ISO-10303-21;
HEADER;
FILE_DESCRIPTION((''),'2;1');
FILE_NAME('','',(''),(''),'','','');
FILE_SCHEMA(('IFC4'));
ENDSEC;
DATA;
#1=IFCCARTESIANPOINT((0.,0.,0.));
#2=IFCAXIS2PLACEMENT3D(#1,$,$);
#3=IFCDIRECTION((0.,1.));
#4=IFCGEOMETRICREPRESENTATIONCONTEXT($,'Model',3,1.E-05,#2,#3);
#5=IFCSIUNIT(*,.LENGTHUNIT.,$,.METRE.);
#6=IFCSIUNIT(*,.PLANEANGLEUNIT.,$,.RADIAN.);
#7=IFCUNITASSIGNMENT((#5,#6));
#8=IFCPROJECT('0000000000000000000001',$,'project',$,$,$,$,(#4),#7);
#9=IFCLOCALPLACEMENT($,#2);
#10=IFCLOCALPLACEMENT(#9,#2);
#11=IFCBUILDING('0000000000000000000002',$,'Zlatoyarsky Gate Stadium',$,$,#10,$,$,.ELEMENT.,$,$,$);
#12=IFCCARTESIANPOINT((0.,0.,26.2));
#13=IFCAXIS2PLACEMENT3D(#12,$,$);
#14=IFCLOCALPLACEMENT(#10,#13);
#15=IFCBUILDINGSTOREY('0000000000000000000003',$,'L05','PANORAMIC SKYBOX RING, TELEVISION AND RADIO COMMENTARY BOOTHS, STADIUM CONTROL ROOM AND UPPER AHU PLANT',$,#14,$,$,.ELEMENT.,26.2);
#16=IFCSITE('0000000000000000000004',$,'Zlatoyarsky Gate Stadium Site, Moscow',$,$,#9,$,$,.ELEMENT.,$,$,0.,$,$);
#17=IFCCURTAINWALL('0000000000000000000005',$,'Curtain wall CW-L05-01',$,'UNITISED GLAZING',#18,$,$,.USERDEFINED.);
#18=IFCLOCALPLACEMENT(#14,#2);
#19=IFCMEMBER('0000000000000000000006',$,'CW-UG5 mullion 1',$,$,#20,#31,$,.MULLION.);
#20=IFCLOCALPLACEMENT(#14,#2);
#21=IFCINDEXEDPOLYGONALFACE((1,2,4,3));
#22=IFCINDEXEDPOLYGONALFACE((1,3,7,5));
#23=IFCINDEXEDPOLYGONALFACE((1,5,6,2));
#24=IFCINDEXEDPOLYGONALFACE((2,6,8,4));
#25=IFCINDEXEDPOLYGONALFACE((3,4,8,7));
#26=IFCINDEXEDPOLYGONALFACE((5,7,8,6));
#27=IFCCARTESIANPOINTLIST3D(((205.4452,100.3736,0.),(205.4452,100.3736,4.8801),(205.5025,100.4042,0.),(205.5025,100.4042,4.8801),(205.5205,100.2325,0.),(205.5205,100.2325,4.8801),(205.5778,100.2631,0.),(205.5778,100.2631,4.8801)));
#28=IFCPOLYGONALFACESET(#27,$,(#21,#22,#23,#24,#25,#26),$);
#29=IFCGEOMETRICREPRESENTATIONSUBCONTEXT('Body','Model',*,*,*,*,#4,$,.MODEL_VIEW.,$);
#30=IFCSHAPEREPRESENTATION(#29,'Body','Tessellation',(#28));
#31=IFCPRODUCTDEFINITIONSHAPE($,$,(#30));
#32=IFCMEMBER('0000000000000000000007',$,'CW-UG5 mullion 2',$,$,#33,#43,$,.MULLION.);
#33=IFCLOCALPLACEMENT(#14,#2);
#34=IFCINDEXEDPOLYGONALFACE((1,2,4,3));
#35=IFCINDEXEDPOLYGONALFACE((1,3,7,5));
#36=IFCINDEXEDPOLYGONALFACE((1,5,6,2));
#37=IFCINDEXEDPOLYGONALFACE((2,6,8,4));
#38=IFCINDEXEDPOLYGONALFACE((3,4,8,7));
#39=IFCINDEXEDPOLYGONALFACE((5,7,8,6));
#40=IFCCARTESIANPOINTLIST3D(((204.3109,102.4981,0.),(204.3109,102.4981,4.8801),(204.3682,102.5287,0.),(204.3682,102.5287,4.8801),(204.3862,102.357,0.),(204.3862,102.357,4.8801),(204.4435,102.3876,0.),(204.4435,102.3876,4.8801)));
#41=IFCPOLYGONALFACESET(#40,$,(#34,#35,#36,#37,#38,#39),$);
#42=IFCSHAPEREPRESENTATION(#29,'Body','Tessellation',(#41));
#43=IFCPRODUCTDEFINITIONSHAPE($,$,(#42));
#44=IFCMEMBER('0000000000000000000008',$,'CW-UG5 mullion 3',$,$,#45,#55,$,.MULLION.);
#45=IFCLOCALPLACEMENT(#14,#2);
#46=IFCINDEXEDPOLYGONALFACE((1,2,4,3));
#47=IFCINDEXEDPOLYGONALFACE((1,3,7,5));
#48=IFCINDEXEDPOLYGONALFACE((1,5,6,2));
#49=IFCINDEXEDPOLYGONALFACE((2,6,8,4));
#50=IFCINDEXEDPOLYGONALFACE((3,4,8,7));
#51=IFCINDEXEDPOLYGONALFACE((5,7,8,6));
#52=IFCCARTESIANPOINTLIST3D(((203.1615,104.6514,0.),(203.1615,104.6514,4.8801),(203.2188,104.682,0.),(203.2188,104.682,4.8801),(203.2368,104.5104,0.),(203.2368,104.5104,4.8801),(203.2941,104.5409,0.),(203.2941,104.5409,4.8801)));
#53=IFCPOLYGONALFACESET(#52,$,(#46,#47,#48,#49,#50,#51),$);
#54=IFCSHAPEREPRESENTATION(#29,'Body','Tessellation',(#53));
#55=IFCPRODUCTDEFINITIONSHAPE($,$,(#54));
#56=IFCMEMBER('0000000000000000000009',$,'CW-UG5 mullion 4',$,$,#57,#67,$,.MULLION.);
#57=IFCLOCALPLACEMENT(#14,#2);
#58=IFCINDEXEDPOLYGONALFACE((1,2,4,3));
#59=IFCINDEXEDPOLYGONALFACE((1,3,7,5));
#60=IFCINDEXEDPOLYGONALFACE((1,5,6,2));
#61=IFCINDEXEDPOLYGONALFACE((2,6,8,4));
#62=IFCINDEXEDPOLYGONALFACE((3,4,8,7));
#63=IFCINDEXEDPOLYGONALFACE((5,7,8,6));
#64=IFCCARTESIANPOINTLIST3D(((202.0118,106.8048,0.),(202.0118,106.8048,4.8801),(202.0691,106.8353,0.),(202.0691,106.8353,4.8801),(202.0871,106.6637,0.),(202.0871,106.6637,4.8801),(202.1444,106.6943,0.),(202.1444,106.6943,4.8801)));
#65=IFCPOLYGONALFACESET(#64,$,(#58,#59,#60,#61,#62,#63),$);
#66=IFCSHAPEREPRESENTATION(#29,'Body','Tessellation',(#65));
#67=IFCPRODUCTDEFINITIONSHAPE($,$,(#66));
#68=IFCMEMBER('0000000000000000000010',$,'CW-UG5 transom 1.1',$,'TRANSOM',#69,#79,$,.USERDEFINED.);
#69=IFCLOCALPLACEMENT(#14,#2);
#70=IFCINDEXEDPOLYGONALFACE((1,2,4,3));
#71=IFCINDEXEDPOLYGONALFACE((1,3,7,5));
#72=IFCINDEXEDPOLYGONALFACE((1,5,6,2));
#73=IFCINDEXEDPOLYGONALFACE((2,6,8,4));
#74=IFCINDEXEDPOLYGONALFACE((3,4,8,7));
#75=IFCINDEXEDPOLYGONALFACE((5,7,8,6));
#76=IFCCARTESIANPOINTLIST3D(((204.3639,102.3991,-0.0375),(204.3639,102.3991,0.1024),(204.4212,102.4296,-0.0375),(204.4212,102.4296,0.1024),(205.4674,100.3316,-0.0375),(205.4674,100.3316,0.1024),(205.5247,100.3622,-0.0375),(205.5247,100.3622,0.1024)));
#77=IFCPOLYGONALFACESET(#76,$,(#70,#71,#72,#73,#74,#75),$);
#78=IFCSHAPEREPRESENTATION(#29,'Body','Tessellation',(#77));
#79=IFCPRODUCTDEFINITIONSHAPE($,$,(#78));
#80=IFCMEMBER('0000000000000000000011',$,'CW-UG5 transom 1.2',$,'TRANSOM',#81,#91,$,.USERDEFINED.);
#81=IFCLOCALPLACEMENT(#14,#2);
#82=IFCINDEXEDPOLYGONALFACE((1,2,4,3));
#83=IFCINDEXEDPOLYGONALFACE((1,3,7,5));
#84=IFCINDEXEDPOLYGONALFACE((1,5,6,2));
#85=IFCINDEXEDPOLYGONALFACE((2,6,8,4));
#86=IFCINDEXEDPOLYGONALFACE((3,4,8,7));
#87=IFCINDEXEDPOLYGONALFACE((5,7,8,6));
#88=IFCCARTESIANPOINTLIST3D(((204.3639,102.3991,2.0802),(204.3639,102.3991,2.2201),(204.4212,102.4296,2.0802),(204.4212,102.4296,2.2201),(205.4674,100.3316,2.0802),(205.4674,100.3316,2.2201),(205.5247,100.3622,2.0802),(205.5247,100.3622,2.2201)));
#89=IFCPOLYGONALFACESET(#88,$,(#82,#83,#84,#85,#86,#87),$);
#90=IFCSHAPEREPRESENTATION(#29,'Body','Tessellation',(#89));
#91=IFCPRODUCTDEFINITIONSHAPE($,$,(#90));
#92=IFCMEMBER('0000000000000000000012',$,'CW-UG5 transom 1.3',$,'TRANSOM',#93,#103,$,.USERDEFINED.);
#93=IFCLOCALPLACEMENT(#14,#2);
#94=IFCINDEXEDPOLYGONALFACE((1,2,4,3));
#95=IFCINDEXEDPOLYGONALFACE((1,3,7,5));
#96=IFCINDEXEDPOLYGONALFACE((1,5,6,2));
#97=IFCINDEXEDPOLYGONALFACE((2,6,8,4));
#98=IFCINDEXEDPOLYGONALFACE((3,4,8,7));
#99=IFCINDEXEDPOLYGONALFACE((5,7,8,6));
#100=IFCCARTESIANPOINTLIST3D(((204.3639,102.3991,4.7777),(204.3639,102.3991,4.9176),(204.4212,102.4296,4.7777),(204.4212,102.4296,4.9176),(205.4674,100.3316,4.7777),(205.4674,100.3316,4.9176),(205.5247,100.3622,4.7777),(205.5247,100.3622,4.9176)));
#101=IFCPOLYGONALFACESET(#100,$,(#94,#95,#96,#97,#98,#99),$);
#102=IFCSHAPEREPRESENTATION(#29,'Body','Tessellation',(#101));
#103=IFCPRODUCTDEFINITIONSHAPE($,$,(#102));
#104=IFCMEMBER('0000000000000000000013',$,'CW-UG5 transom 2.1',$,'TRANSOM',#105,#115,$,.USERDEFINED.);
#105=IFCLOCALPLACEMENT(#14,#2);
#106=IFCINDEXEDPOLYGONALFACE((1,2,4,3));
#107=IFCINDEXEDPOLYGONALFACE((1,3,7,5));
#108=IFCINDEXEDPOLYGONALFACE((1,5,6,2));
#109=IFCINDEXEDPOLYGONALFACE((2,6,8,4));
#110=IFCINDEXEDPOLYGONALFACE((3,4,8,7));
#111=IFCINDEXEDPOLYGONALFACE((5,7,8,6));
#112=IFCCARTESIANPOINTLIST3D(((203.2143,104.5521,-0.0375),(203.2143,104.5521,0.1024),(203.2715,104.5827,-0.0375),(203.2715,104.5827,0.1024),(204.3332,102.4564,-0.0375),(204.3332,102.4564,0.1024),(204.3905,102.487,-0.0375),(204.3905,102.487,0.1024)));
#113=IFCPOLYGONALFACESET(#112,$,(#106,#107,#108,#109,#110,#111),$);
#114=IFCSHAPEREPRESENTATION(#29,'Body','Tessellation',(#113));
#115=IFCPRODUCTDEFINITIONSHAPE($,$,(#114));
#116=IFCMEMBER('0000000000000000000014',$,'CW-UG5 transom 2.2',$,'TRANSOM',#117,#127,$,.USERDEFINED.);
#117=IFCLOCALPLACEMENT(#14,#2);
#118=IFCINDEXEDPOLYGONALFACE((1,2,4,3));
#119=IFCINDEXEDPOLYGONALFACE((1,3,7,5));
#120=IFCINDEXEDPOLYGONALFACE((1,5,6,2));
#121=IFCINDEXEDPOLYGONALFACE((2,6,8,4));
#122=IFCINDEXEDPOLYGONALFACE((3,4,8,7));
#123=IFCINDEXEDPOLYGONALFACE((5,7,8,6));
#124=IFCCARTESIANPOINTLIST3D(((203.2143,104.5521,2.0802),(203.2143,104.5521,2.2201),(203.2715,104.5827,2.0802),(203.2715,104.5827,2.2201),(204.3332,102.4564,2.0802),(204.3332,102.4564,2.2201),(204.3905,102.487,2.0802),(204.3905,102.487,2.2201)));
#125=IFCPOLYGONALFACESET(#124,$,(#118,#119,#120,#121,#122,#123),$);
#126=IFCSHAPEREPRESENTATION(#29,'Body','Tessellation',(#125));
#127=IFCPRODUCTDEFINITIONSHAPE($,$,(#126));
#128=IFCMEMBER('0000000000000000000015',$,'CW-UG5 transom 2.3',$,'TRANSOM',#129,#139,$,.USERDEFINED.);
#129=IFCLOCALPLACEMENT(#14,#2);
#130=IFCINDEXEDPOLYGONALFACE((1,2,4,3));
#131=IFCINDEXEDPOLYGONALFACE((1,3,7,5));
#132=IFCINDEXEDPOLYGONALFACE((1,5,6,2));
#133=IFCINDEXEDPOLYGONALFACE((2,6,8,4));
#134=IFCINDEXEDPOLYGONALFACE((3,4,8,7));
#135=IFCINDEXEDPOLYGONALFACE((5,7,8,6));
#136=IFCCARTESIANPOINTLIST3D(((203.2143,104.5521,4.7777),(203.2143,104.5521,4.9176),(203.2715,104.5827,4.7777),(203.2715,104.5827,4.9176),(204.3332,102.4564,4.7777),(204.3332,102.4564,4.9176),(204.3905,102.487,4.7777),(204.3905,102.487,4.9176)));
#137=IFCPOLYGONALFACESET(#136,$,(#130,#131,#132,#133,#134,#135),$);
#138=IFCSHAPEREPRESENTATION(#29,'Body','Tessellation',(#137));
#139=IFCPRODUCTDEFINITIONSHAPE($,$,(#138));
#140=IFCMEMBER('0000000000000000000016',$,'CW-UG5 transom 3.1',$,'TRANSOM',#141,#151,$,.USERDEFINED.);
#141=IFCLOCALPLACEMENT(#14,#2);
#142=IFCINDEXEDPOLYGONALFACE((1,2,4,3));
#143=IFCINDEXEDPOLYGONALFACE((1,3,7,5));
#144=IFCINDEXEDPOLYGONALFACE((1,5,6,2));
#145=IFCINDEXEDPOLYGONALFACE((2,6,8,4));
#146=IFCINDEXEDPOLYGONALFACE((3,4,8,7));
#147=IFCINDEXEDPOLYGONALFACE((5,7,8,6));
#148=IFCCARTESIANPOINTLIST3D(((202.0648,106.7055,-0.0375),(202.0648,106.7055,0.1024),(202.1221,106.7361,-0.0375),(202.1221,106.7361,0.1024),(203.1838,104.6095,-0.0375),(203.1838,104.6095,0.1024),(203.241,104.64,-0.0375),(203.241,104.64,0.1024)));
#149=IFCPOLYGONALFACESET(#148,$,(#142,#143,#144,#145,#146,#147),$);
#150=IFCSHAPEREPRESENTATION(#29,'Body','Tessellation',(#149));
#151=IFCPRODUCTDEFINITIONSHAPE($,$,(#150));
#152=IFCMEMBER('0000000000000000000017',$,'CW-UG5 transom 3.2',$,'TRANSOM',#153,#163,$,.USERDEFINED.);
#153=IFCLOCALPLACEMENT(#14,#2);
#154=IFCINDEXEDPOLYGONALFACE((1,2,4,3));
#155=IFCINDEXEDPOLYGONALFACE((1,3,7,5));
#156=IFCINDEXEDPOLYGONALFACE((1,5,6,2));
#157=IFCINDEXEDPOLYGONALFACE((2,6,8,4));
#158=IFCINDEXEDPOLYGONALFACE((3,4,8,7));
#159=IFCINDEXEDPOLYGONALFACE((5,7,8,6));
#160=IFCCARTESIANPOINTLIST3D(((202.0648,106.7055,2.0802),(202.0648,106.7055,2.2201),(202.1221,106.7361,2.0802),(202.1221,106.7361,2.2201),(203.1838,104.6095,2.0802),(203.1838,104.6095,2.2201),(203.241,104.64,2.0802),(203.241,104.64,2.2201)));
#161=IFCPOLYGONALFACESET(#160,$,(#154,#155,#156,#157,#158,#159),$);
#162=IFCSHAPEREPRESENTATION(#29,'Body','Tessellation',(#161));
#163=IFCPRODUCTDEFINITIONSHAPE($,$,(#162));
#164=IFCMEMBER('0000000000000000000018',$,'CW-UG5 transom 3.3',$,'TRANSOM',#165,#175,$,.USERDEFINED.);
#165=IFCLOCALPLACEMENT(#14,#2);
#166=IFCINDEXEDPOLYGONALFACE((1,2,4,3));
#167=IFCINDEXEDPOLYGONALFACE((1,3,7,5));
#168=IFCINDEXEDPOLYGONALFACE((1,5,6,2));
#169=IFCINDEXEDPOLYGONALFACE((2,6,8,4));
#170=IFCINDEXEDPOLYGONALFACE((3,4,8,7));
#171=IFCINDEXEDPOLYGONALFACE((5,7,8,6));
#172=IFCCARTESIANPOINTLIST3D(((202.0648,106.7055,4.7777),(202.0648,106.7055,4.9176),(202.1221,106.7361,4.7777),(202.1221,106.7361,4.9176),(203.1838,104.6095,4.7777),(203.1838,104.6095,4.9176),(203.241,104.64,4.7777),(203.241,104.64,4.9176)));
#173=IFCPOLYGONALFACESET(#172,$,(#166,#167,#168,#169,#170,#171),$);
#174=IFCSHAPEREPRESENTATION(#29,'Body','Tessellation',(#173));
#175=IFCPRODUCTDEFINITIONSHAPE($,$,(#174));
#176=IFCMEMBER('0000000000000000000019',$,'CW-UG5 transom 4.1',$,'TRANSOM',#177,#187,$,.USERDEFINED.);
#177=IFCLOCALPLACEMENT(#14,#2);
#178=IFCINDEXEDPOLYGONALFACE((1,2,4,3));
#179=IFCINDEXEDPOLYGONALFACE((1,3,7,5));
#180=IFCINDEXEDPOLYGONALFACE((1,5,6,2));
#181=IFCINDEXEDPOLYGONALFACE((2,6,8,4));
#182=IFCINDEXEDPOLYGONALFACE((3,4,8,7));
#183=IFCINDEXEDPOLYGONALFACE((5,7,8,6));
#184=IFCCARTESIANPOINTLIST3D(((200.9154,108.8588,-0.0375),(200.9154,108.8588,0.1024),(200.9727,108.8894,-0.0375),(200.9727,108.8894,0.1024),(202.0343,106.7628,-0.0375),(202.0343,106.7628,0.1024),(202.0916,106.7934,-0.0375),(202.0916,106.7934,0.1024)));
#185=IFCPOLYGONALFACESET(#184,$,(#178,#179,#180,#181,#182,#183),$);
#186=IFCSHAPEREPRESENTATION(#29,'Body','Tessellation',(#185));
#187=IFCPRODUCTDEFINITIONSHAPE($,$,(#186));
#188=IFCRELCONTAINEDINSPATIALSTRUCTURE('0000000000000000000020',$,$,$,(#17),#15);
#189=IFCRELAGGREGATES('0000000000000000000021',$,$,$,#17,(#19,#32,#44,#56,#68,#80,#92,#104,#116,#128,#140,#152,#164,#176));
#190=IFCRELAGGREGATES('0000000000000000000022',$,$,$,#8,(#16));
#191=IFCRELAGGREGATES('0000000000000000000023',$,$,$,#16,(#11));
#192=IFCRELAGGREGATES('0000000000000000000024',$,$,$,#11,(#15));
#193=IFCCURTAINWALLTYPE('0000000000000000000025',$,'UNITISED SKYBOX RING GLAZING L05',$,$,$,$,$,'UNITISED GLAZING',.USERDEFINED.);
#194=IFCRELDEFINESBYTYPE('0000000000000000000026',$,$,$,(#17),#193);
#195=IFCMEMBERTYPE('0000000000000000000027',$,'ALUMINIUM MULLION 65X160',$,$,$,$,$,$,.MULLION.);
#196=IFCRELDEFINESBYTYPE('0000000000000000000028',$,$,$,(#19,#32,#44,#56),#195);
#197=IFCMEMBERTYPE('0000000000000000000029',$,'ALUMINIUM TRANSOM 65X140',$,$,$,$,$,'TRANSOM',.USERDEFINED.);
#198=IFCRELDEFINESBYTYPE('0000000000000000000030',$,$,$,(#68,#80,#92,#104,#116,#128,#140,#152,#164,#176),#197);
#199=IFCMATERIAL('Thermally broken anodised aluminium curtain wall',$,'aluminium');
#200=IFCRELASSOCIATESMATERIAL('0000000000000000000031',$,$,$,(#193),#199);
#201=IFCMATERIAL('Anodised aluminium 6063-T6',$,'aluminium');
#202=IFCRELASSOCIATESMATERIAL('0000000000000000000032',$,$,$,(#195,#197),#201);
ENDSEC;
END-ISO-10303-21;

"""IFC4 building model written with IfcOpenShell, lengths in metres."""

from ifc_helpers import new_model, si_unit, direction, frame, origin, origin_2d, place, context, subcontext, project, spatial, rectangle, extrude, material, material_profile, profile_set, type_object, element, aggregate, save


model = new_model("IFC4")

# Units and contexts
model_context = context("Model", 3, precision=1e-05, world=origin(), true_north=direction((0.0, 1.0)))
body_context = subcontext(model_context, "Body", "Model", "MODEL_VIEW")
ifc_project = project(units=[si_unit("LENGTHUNIT", "METRE"), si_unit("PLANEANGLEUNIT", "RADIAN")], contexts=[model_context])

# Site, building, storey
site_placement = place(None, origin())
site = spatial("IfcSite", under=ifc_project, at=site_placement, Name="Zlatoyarsky Gate Stadium Site, Moscow", CompositionType="ELEMENT", RefElevation=0.0)
building_placement = place(site_placement, origin())
building = spatial("IfcBuilding", under=site, at=building_placement, Name="Zlatoyarsky Gate Stadium", CompositionType="ELEMENT")
storey_placement = place(building_placement, frame((0.0, 0.0, 26.2)))
storey = spatial("IfcBuildingStorey", under=building, at=storey_placement, Name="L05", Description="PANORAMIC SKYBOX RING, TELEVISION AND RADIO COMMENTARY BOOTHS, STADIUM CONTROL ROOM AND UPPER AHU PLANT", CompositionType="ELEMENT", Elevation=26.2)

# Curtain wall, members
ifc_material_1 = material(Name="Thermally broken anodised aluminium curtain wall", Category="aluminium")
curtain_wall_type = type_object("IfcCurtainWallType", Name="UNITISED SKYBOX RING GLAZING L05", ElementType="UNITISED GLAZING", PredefinedType="USERDEFINED", material=ifc_material_1)
curtain_wall_placement = place(storey_placement, origin())
curtain_wall = element("IfcCurtainWall", 1, at=curtain_wall_placement, inside=storey, type_object=curtain_wall_type, Name="Curtain wall CW-L05-01", ObjectType="UNITISED GLAZING", PredefinedType="USERDEFINED")
ifc_material_2 = material(Name="Anodised aluminium 6063-T6", Category="aluminium")
ifc_material_profile_1 = material_profile(ifc_material_2, rectangle(XDim=0.0649, YDim=0.1599, at=origin_2d()), Name="ALU 65X160")
ifc_profile_set_1 = profile_set([ifc_material_profile_1], Name="Anodised aluminium 6063-T6")
member_type_1 = type_object("IfcMemberType", Name="ALUMINIUM MULLION 65X160", PredefinedType="MULLION", material=ifc_profile_set_1)
member_1_placement = place(storey_placement, frame((205.5115, 100.3184, 0.0), z_axis=(0.0, 0.0, 1.0), x_axis=(-0.882167, -0.470937, 0.0)))
member_1 = element("IfcMember", 2, at=member_1_placement, type_object=member_type_1, Name="CW-UG5 mullion 1", PredefinedType="MULLION", context=body_context, shape_type="SweptSolid", body=[
    extrude(rectangle(XDim=0.0649, YDim=0.1599, at=origin_2d()), origin(), (0.0, 0.0, 1.0), 4.8801),
])
member_2_placement = place(storey_placement, frame((204.3772, 102.4429, 0.0), z_axis=(0.0, 0.0, 1.0), x_axis=(-0.882167, -0.470937, 0.0)))
member_2 = element("IfcMember", 3, at=member_2_placement, type_object=member_type_1, Name="CW-UG5 mullion 2", PredefinedType="MULLION", context=body_context, shape_type="SweptSolid", body=[
    extrude(rectangle(XDim=0.0649, YDim=0.1599, at=origin_2d()), origin(), (0.0, 0.0, 1.0), 4.8801),
])
member_3_placement = place(storey_placement, frame((203.2278, 104.5962, 0.0), z_axis=(0.0, 0.0, 1.0), x_axis=(-0.882167, -0.470937, 0.0)))
member_3 = element("IfcMember", 4, at=member_3_placement, type_object=member_type_1, Name="CW-UG5 mullion 3", PredefinedType="MULLION", context=body_context, shape_type="SweptSolid", body=[
    extrude(rectangle(XDim=0.0649, YDim=0.1599, at=origin_2d()), origin(), (0.0, 0.0, 1.0), 4.8801),
])
member_4_placement = place(storey_placement, frame((202.0781, 106.7495, 0.0), z_axis=(0.0, 0.0, 1.0), x_axis=(-0.882167, -0.470937, 0.0)))
member_4 = element("IfcMember", 5, at=member_4_placement, type_object=member_type_1, Name="CW-UG5 mullion 4", PredefinedType="MULLION", context=body_context, shape_type="SweptSolid", body=[
    extrude(rectangle(XDim=0.0649, YDim=0.1599, at=origin_2d()), origin(), (0.0, 0.0, 1.0), 4.8801),
])
ifc_material_profile_2 = material_profile(ifc_material_2, rectangle(XDim=0.0649, YDim=0.1399, at=origin_2d()), Name="ALU 65X140")
ifc_profile_set_2 = profile_set([ifc_material_profile_2], Name="Anodised aluminium 6063-T6")
member_type_2 = type_object("IfcMemberType", Name="ALUMINIUM TRANSOM 65X140", ElementType="TRANSOM", PredefinedType="USERDEFINED", material=ifc_profile_set_2)
member_5_placement = place(storey_placement, frame((205.4961, 100.3469, 0.0325), z_axis=(-0.470891, 0.882191, 0.0), x_axis=(-0.882191, -0.470891, 0.0)))
member_5 = element("IfcMember", 6, at=member_5_placement, type_object=member_type_2, Name="CW-UG5 transom 1.1", ObjectType="TRANSOM", PredefinedType="USERDEFINED", context=body_context, shape_type="SweptSolid", body=[
    extrude(rectangle(XDim=0.0649, YDim=0.1399, at=origin_2d()), origin(), (0.0, 0.0, 1.0), 2.3435),
])
member_6_placement = place(storey_placement, frame((205.4961, 100.3469, 2.1501), z_axis=(-0.470891, 0.882191, 0.0), x_axis=(-0.882191, -0.470891, 0.0)))
member_6 = element("IfcMember", 7, at=member_6_placement, type_object=member_type_2, Name="CW-UG5 transom 1.2", ObjectType="TRANSOM", PredefinedType="USERDEFINED", context=body_context, shape_type="SweptSolid", body=[
    extrude(rectangle(XDim=0.0649, YDim=0.1399, at=origin_2d()), origin(), (0.0, 0.0, 1.0), 2.3435),
])
member_7_placement = place(storey_placement, frame((205.4961, 100.3469, 4.8477), z_axis=(-0.470891, 0.882191, 0.0), x_axis=(-0.882191, -0.470891, 0.0)))
member_7 = element("IfcMember", 8, at=member_7_placement, type_object=member_type_2, Name="CW-UG5 transom 1.3", ObjectType="TRANSOM", PredefinedType="USERDEFINED", context=body_context, shape_type="SweptSolid", body=[
    extrude(rectangle(XDim=0.0649, YDim=0.1399, at=origin_2d()), origin(), (0.0, 0.0, 1.0), 2.3435),
])
member_8_placement = place(storey_placement, frame((204.3618, 102.4717, 0.0325), z_axis=(-0.470978, 0.882145, 0.0), x_axis=(-0.882145, -0.470978, 0.0)))
member_8 = element("IfcMember", 9, at=member_8_placement, type_object=member_type_2, Name="CW-UG5 transom 2.1", ObjectType="TRANSOM", PredefinedType="USERDEFINED", context=body_context, shape_type="SweptSolid", body=[
    extrude(rectangle(XDim=0.0649, YDim=0.1399, at=origin_2d()), origin(), (0.0, 0.0, 1.0), 2.3757),
])
member_9_placement = place(storey_placement, frame((204.3618, 102.4717, 2.1501), z_axis=(-0.470978, 0.882145, 0.0), x_axis=(-0.882145, -0.470978, 0.0)))
member_9 = element("IfcMember", 10, at=member_9_placement, type_object=member_type_2, Name="CW-UG5 transom 2.2", ObjectType="TRANSOM", PredefinedType="USERDEFINED", context=body_context, shape_type="SweptSolid", body=[
    extrude(rectangle(XDim=0.0649, YDim=0.1399, at=origin_2d()), origin(), (0.0, 0.0, 1.0), 2.3757),
])
member_10_placement = place(storey_placement, frame((204.3618, 102.4717, 4.8477), z_axis=(-0.470978, 0.882145, 0.0), x_axis=(-0.882145, -0.470978, 0.0)))
member_10 = element("IfcMember", 11, at=member_10_placement, type_object=member_type_2, Name="CW-UG5 transom 2.3", ObjectType="TRANSOM", PredefinedType="USERDEFINED", context=body_context, shape_type="SweptSolid", body=[
    extrude(rectangle(XDim=0.0649, YDim=0.1399, at=origin_2d()), origin(), (0.0, 0.0, 1.0), 2.3757),
])
member_11_placement = place(storey_placement, frame((203.2124, 104.6248, 0.0325), z_axis=(-0.470935, 0.882168, 0.0), x_axis=(-0.882168, -0.470935, 0.0)))
member_11 = element("IfcMember", 12, at=member_11_placement, type_object=member_type_2, Name="CW-UG5 transom 3.1", ObjectType="TRANSOM", PredefinedType="USERDEFINED", context=body_context, shape_type="SweptSolid", body=[
    extrude(rectangle(XDim=0.0649, YDim=0.1399, at=origin_2d()), origin(), (0.0, 0.0, 1.0), 2.376),
])
member_12_placement = place(storey_placement, frame((203.2124, 104.6248, 2.1501), z_axis=(-0.470935, 0.882168, 0.0), x_axis=(-0.882168, -0.470935, 0.0)))
member_12 = element("IfcMember", 13, at=member_12_placement, type_object=member_type_2, Name="CW-UG5 transom 3.2", ObjectType="TRANSOM", PredefinedType="USERDEFINED", context=body_context, shape_type="SweptSolid", body=[
    extrude(rectangle(XDim=0.0649, YDim=0.1399, at=origin_2d()), origin(), (0.0, 0.0, 1.0), 2.376),
])
member_13_placement = place(storey_placement, frame((203.2124, 104.6248, 4.8477), z_axis=(-0.470935, 0.882168, 0.0), x_axis=(-0.882168, -0.470935, 0.0)))
member_13 = element("IfcMember", 14, at=member_13_placement, type_object=member_type_2, Name="CW-UG5 transom 3.3", ObjectType="TRANSOM", PredefinedType="USERDEFINED", context=body_context, shape_type="SweptSolid", body=[
    extrude(rectangle(XDim=0.0649, YDim=0.1399, at=origin_2d()), origin(), (0.0, 0.0, 1.0), 2.376),
])
member_14_placement = place(storey_placement, frame((202.063, 106.7781, 0.0325), z_axis=(-0.470935, 0.882168, 0.0), x_axis=(-0.882168, -0.470935, 0.0)))
member_14 = element("IfcMember", 15, at=member_14_placement, type_object=member_type_2, Name="CW-UG5 transom 4.1", ObjectType="TRANSOM", PredefinedType="USERDEFINED", context=body_context, shape_type="SweptSolid", body=[
    extrude(rectangle(XDim=0.0649, YDim=0.1399, at=origin_2d()), origin(), (0.0, 0.0, 1.0), 2.376),
])

aggregate(curtain_wall, [member_1, member_2, member_3, member_4, member_5, member_6, member_7, member_8, member_9, member_10, member_11, member_12, member_13, member_14])

save(model, "model.ifc")
